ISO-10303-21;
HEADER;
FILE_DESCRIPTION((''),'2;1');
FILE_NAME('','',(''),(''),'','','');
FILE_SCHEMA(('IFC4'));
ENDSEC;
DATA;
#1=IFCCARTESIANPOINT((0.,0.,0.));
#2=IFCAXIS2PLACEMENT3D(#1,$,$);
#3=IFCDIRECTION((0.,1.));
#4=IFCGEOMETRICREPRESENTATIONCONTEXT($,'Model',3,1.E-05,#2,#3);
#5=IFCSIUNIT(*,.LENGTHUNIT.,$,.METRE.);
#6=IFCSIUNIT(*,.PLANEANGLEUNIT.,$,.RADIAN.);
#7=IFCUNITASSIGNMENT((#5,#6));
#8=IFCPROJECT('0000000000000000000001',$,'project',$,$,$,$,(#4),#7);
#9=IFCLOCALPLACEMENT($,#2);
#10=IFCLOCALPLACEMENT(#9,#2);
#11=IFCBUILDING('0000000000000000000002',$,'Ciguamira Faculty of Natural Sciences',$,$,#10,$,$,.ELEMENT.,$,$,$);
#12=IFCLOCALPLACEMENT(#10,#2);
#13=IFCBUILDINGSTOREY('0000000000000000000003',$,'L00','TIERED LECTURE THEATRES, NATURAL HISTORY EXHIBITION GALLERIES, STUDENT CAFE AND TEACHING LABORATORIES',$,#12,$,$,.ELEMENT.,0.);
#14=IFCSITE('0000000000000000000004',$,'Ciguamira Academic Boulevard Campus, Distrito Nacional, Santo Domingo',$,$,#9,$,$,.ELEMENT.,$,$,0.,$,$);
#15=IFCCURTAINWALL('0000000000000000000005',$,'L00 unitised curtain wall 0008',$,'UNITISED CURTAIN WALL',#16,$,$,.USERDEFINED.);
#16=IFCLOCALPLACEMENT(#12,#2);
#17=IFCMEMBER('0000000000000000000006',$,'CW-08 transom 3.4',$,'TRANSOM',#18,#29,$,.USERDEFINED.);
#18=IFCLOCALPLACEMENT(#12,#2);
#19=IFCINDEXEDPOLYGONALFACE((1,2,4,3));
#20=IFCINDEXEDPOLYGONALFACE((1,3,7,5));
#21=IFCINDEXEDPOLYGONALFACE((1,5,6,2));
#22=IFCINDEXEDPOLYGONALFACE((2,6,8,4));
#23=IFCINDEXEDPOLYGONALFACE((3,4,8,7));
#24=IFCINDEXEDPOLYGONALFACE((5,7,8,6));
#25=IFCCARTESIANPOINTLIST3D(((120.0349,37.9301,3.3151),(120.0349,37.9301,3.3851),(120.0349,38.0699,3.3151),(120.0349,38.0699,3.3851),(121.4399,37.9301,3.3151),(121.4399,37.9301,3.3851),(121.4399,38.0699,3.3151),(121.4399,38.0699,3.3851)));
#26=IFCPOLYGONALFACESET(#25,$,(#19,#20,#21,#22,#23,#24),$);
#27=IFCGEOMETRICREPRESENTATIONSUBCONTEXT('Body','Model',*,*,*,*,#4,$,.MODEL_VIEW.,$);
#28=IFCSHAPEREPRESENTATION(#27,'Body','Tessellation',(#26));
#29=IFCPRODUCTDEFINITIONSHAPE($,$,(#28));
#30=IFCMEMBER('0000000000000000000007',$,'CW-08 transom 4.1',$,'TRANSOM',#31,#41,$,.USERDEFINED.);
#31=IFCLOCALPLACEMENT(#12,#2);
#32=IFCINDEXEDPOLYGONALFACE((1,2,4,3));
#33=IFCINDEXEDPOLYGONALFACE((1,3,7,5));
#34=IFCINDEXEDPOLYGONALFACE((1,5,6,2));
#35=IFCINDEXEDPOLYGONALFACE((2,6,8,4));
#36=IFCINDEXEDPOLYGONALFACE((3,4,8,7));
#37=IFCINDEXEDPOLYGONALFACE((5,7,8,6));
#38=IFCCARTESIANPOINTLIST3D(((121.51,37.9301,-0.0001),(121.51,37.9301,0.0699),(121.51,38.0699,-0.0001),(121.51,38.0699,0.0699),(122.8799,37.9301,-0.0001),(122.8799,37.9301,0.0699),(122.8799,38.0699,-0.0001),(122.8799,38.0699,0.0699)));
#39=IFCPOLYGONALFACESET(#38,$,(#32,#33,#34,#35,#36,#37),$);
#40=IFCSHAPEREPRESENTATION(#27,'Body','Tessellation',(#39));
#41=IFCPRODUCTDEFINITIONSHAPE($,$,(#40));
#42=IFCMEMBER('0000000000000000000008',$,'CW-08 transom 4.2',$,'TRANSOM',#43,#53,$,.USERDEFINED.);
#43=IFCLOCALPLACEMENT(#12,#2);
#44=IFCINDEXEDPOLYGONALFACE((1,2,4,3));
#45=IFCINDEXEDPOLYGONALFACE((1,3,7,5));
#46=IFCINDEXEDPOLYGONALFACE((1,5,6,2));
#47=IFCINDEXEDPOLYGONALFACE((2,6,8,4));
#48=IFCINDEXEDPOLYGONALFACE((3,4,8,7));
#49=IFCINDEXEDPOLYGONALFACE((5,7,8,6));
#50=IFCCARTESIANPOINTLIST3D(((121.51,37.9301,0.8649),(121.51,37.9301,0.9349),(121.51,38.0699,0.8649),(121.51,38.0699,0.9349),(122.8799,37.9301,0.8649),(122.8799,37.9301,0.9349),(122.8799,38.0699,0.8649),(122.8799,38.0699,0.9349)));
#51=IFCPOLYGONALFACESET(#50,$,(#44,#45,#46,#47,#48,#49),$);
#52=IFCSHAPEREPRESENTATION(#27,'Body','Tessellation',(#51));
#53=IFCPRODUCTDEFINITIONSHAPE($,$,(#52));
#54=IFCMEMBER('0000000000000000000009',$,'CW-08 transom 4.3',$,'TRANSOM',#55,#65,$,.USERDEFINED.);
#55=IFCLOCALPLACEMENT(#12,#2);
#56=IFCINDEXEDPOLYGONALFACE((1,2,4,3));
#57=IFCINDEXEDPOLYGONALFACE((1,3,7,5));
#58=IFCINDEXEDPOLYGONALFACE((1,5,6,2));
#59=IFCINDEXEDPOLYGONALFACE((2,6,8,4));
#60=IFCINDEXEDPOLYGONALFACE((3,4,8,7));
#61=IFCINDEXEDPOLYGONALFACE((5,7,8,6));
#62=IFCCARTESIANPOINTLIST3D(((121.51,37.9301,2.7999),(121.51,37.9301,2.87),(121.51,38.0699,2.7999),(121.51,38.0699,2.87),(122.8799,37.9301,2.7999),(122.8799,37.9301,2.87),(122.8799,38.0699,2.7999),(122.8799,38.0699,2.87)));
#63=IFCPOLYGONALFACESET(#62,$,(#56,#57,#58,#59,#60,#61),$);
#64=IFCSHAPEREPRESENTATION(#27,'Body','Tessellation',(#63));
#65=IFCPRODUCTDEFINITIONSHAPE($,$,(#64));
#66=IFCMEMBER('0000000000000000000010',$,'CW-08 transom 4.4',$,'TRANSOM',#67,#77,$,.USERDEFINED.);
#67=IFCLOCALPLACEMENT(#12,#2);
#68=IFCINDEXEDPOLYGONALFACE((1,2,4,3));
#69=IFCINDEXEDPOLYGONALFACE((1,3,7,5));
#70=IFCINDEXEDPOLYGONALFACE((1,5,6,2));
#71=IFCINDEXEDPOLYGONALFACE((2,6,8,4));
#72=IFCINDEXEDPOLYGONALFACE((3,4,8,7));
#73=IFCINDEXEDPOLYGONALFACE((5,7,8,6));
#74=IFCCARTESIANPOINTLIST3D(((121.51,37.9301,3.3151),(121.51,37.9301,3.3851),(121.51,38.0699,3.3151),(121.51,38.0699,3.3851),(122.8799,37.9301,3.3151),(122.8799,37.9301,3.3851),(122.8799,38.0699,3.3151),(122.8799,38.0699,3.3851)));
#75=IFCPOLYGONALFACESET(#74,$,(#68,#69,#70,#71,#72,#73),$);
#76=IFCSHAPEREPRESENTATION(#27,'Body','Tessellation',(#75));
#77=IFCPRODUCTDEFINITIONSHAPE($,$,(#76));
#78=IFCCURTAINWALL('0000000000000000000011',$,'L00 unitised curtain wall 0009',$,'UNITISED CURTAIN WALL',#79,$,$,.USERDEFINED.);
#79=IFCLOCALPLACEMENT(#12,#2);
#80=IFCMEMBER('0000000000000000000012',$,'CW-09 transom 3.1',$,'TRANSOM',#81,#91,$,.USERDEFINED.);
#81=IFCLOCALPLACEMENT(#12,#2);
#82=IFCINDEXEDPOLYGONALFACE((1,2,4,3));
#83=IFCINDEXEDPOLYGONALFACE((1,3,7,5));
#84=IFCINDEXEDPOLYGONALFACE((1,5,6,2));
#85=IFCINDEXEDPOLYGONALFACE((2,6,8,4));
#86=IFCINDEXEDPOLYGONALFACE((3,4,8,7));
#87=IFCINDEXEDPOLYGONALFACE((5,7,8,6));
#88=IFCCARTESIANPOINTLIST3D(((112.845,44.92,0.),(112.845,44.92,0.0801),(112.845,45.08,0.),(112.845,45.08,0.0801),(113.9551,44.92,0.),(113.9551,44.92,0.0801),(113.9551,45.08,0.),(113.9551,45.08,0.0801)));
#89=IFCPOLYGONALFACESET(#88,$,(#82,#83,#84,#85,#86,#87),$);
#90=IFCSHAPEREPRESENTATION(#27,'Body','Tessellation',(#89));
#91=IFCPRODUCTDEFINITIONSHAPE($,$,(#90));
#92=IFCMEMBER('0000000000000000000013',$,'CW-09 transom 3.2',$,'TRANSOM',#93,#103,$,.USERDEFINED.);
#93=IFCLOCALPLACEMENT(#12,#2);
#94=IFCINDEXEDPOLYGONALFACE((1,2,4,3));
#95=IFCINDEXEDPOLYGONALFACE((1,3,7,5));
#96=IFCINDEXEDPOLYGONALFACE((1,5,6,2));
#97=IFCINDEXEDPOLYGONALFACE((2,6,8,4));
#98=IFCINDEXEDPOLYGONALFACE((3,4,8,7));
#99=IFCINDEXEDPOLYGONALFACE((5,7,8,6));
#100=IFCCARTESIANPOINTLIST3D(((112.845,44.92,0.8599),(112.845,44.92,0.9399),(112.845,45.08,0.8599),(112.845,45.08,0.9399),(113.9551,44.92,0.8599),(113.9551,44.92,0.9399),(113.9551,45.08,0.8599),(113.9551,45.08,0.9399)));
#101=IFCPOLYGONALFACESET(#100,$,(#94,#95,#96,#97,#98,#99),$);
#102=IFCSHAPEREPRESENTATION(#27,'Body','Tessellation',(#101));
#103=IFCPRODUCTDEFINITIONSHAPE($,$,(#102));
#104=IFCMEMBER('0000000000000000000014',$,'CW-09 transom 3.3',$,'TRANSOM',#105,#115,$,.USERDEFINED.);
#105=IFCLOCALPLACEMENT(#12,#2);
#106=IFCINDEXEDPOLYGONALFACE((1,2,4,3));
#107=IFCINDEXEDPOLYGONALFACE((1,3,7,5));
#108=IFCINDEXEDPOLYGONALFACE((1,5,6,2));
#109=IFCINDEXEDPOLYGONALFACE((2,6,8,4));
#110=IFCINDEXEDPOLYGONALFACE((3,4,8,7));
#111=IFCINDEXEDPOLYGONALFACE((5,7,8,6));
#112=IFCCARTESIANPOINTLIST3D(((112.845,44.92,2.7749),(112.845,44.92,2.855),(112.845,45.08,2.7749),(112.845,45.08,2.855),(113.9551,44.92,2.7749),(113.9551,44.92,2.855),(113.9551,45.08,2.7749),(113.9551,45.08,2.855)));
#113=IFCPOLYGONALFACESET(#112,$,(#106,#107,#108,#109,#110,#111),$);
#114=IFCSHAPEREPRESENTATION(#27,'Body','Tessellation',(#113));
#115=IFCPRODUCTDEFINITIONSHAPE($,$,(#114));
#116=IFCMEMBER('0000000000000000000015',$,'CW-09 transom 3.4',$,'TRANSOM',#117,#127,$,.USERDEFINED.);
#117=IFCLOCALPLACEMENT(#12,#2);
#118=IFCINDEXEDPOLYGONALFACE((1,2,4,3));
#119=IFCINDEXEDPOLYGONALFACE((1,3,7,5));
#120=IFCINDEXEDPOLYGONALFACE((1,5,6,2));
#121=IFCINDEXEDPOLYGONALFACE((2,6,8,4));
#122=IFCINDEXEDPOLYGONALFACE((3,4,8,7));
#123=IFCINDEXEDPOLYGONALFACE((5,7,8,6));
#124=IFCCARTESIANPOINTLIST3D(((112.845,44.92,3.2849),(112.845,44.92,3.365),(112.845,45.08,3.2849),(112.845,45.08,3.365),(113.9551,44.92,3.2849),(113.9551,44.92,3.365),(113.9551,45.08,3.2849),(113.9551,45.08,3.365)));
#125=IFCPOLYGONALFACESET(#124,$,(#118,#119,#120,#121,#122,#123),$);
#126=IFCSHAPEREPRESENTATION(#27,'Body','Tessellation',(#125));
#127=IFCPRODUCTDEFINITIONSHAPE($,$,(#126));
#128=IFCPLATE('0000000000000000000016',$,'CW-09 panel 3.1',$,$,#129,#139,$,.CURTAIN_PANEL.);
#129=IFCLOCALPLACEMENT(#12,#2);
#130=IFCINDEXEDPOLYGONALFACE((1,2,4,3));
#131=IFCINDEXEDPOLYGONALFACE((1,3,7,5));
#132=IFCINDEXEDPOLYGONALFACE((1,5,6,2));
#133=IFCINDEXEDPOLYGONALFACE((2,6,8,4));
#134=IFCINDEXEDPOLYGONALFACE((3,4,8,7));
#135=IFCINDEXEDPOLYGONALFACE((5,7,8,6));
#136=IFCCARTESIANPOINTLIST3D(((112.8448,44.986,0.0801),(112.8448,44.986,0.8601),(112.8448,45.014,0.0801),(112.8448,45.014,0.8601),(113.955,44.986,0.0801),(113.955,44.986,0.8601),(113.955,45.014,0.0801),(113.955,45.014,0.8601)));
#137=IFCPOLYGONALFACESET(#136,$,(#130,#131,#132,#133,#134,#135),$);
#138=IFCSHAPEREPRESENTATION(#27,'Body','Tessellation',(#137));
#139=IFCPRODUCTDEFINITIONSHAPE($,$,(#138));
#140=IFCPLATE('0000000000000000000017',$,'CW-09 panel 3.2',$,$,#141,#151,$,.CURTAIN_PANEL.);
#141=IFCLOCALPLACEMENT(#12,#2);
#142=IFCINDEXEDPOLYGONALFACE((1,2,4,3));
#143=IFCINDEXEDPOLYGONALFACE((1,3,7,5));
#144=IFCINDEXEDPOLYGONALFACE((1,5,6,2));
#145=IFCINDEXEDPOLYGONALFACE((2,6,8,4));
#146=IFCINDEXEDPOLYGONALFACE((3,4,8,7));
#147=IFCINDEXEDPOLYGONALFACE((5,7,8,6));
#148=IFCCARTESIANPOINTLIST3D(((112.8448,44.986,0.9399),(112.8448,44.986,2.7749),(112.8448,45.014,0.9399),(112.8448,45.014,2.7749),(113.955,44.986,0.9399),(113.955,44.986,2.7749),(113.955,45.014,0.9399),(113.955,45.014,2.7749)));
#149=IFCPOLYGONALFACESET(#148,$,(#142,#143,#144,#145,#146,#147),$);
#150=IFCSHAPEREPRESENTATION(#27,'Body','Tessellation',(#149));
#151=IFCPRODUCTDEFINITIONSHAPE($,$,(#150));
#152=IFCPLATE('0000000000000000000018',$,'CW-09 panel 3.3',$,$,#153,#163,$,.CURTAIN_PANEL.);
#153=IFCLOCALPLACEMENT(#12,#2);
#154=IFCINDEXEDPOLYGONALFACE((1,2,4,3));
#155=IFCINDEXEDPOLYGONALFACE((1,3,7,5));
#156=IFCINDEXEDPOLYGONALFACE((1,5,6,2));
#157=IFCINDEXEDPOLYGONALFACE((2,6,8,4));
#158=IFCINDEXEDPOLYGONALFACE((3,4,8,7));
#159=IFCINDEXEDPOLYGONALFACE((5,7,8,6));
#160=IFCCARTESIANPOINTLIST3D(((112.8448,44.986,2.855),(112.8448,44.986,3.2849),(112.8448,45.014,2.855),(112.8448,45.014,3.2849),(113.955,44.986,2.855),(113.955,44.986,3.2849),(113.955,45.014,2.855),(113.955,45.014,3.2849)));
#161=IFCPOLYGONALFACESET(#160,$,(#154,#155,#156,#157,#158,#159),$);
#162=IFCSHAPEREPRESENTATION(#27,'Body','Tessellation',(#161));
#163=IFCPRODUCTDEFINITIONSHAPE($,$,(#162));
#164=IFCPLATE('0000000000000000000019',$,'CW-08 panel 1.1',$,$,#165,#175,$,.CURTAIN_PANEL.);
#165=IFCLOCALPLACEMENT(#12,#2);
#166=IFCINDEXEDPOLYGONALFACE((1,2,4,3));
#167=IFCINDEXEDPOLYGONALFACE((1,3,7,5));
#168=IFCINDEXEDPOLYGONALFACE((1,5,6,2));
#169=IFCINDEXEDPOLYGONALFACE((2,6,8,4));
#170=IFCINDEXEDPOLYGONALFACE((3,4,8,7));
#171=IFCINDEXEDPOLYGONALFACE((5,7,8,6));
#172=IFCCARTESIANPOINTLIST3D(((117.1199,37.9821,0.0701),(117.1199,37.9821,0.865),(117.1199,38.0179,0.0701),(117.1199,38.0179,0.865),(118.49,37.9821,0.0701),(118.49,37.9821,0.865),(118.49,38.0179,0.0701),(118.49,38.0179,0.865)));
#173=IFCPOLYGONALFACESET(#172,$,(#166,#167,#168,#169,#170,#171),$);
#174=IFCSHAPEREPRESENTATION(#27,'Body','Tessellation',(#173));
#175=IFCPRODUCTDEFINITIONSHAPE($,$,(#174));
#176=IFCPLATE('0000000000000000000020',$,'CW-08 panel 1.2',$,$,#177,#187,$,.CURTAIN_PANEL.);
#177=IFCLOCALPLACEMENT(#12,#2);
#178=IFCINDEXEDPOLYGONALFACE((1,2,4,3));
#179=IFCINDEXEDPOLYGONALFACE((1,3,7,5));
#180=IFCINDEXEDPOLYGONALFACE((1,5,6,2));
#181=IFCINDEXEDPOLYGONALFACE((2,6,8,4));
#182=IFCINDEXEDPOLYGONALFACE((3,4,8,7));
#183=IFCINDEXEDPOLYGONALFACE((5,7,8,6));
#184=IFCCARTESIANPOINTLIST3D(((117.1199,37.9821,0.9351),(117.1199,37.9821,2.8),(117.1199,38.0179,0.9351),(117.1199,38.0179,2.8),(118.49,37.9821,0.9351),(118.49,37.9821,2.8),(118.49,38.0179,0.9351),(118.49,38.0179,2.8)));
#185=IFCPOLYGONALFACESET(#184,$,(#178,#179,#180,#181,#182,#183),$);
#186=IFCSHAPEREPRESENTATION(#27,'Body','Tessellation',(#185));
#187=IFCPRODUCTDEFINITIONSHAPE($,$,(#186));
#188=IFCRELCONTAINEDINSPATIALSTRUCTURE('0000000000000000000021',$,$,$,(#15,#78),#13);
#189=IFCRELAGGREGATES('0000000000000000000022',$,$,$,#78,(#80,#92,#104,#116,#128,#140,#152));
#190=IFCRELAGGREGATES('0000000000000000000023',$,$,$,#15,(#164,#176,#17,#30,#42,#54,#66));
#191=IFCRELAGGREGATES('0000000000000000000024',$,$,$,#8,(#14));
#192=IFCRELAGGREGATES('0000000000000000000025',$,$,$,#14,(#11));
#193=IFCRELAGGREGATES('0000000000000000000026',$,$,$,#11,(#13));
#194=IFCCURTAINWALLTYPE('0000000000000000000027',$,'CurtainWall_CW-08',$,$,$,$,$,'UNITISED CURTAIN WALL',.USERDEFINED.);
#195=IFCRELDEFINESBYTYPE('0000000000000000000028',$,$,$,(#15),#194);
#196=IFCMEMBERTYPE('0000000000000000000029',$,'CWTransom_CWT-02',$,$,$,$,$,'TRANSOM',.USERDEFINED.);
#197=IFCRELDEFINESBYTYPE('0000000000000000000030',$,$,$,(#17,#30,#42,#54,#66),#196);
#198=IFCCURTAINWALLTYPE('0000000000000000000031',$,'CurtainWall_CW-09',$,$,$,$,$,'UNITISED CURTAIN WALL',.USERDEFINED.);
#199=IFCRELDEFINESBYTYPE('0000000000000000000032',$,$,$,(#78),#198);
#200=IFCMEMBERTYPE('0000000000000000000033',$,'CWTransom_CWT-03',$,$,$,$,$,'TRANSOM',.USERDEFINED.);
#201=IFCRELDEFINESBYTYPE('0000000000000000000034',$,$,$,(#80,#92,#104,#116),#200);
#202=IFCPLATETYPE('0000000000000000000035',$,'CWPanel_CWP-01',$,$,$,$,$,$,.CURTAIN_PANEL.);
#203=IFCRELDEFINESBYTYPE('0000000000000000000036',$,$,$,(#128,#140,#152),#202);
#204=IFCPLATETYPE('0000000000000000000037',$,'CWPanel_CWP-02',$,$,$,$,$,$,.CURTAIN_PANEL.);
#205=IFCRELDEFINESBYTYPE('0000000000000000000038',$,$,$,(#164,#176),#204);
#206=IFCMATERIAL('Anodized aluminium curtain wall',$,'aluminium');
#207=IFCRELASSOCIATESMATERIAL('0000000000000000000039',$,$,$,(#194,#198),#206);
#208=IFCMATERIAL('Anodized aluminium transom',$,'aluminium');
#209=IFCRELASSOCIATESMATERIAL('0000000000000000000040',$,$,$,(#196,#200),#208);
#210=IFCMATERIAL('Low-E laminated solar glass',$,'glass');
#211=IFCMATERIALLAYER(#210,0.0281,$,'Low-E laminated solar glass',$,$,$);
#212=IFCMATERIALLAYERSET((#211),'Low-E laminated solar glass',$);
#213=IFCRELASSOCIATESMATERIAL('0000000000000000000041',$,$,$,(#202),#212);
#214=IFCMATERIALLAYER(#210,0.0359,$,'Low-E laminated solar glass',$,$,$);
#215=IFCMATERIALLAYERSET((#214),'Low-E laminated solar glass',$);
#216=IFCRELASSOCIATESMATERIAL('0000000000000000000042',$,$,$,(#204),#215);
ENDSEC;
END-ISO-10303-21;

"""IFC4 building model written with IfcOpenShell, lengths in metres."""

from ifc_helpers import new_model, si_unit, direction, frame, origin, origin_2d, place, context, subcontext, project, spatial, rectangle, extrude, material, layer, layer_set, material_profile, profile_set, type_object, element, aggregate, save


model = new_model("IFC4")

# Units and contexts
model_context = context("Model", 3, precision=1e-05, world=origin(), true_north=direction((0.0, 1.0)))
body_context = subcontext(model_context, "Body", "Model", "MODEL_VIEW")
ifc_project = project(units=[si_unit("LENGTHUNIT", "METRE"), si_unit("PLANEANGLEUNIT", "RADIAN")], contexts=[model_context])

# Site, building, storey
site_placement = place(None, origin())
site = spatial("IfcSite", under=ifc_project, at=site_placement, Name="Ciguamira Academic Boulevard Campus, Distrito Nacional, Santo Domingo", CompositionType="ELEMENT", RefElevation=0.0)
building_placement = place(site_placement, origin())
building = spatial("IfcBuilding", under=site, at=building_placement, Name="Ciguamira Faculty of Natural Sciences", CompositionType="ELEMENT")
storey_placement = place(building_placement, origin())
storey = spatial("IfcBuildingStorey", under=building, at=storey_placement, Name="L00", Description="TIERED LECTURE THEATRES, NATURAL HISTORY EXHIBITION GALLERIES, STUDENT CAFE AND TEACHING LABORATORIES", CompositionType="ELEMENT", Elevation=0.0)

# Curtain wall, members
ifc_material_1 = material(Name="Anodized aluminium curtain wall", Category="aluminium")
curtain_wall_type_1 = type_object("IfcCurtainWallType", Name="CurtainWall_CW-08", ElementType="UNITISED CURTAIN WALL", PredefinedType="USERDEFINED", material=ifc_material_1)
curtain_wall_1_placement = place(storey_placement, origin())
curtain_wall_1 = element("IfcCurtainWall", 1, at=curtain_wall_1_placement, inside=storey, type_object=curtain_wall_type_1, Name="L00 unitised curtain wall 0008", ObjectType="UNITISED CURTAIN WALL", PredefinedType="USERDEFINED")
ifc_material_2 = material(Name="Anodized aluminium transom", Category="aluminium")
ifc_material_profile_1 = material_profile(ifc_material_2, rectangle(XDim=0.0701, YDim=0.1399, at=origin_2d()), Name="ALU-TRN-70X140")
ifc_profile_set_1 = profile_set([ifc_material_profile_1], Name="Anodized aluminium transom")
member_type_1 = type_object("IfcMemberType", Name="CWTransom_CWT-02", ElementType="TRANSOM", PredefinedType="USERDEFINED", material=ifc_profile_set_1)
member_1_placement = place(storey_placement, frame((120.0349, 38.0, 3.3501), z_axis=(1.0, 0.0, 0.0), x_axis=(0.0, 0.0, 1.0)))
member_1 = element("IfcMember", 2, at=member_1_placement, type_object=member_type_1, Name="CW-08 transom 3.4", ObjectType="TRANSOM", PredefinedType="USERDEFINED", context=body_context, shape_type="SweptSolid", body=[
    extrude(rectangle(XDim=0.0701, YDim=0.1399, at=origin_2d()), origin(), (0.0, 0.0, 1.0), 1.405),
])
member_2_placement = place(storey_placement, frame((121.51, 38.0, 0.0349), z_axis=(1.0, 0.0, 0.0), x_axis=(0.0, 0.0, 1.0)))
member_2 = element("IfcMember", 3, at=member_2_placement, type_object=member_type_1, Name="CW-08 transom 4.1", ObjectType="TRANSOM", PredefinedType="USERDEFINED", context=body_context, shape_type="SweptSolid", body=[
    extrude(rectangle(XDim=0.0701, YDim=0.1399, at=origin_2d()), origin(), (0.0, 0.0, 1.0), 1.3699),
])
member_3_placement = place(storey_placement, frame((121.51, 38.0, 0.8999), z_axis=(1.0, 0.0, 0.0), x_axis=(0.0, 0.0, 1.0)))
member_3 = element("IfcMember", 4, at=member_3_placement, type_object=member_type_1, Name="CW-08 transom 4.2", ObjectType="TRANSOM", PredefinedType="USERDEFINED", context=body_context, shape_type="SweptSolid", body=[
    extrude(rectangle(XDim=0.0701, YDim=0.1399, at=origin_2d()), origin(), (0.0, 0.0, 1.0), 1.3699),
])
member_4_placement = place(storey_placement, frame((121.51, 38.0, 2.835), z_axis=(1.0, 0.0, 0.0), x_axis=(0.0, 0.0, 1.0)))
member_4 = element("IfcMember", 5, at=member_4_placement, type_object=member_type_1, Name="CW-08 transom 4.3", ObjectType="TRANSOM", PredefinedType="USERDEFINED", context=body_context, shape_type="SweptSolid", body=[
    extrude(rectangle(XDim=0.0701, YDim=0.1399, at=origin_2d()), origin(), (0.0, 0.0, 1.0), 1.3699),
])
member_5_placement = place(storey_placement, frame((121.51, 38.0, 3.3501), z_axis=(1.0, 0.0, 0.0), x_axis=(0.0, 0.0, 1.0)))
member_5 = element("IfcMember", 6, at=member_5_placement, type_object=member_type_1, Name="CW-08 transom 4.4", ObjectType="TRANSOM", PredefinedType="USERDEFINED", context=body_context, shape_type="SweptSolid", body=[
    extrude(rectangle(XDim=0.0701, YDim=0.1399, at=origin_2d()), origin(), (0.0, 0.0, 1.0), 1.3699),
])

# Curtain wall, members, plates
curtain_wall_type_2 = type_object("IfcCurtainWallType", Name="CurtainWall_CW-09", ElementType="UNITISED CURTAIN WALL", PredefinedType="USERDEFINED", material=ifc_material_1)
curtain_wall_2_placement = place(storey_placement, origin())
curtain_wall_2 = element("IfcCurtainWall", 7, at=curtain_wall_2_placement, inside=storey, type_object=curtain_wall_type_2, Name="L00 unitised curtain wall 0009", ObjectType="UNITISED CURTAIN WALL", PredefinedType="USERDEFINED")
ifc_material_profile_2 = material_profile(ifc_material_2, rectangle(XDim=0.0801, YDim=0.1599, at=origin_2d()), Name="ALU-TRN-80X160")
ifc_profile_set_2 = profile_set([ifc_material_profile_2], Name="Anodized aluminium transom")
member_type_2 = type_object("IfcMemberType", Name="CWTransom_CWT-03", ElementType="TRANSOM", PredefinedType="USERDEFINED", material=ifc_profile_set_2)
member_6_placement = place(storey_placement, frame((112.845, 45.0, 0.04), z_axis=(1.0, 0.0, 0.0), x_axis=(0.0, 0.0, 1.0)))
member_6 = element("IfcMember", 8, at=member_6_placement, type_object=member_type_2, Name="CW-09 transom 3.1", ObjectType="TRANSOM", PredefinedType="USERDEFINED", context=body_context, shape_type="SweptSolid", body=[
    extrude(rectangle(XDim=0.0801, YDim=0.1599, at=origin_2d()), origin(), (0.0, 0.0, 1.0), 1.1101),
])
member_7_placement = place(storey_placement, frame((112.845, 45.0, 0.8999), z_axis=(1.0, 0.0, 0.0), x_axis=(0.0, 0.0, 1.0)))
member_7 = element("IfcMember", 9, at=member_7_placement, type_object=member_type_2, Name="CW-09 transom 3.2", ObjectType="TRANSOM", PredefinedType="USERDEFINED", context=body_context, shape_type="SweptSolid", body=[
    extrude(rectangle(XDim=0.0801, YDim=0.1599, at=origin_2d()), origin(), (0.0, 0.0, 1.0), 1.1101),
])
member_8_placement = place(storey_placement, frame((112.845, 45.0, 2.8149), z_axis=(1.0, 0.0, 0.0), x_axis=(0.0, 0.0, 1.0)))
member_8 = element("IfcMember", 10, at=member_8_placement, type_object=member_type_2, Name="CW-09 transom 3.3", ObjectType="TRANSOM", PredefinedType="USERDEFINED", context=body_context, shape_type="SweptSolid", body=[
    extrude(rectangle(XDim=0.0801, YDim=0.1599, at=origin_2d()), origin(), (0.0, 0.0, 1.0), 1.1101),
])
member_9_placement = place(storey_placement, frame((112.845, 45.0, 3.325), z_axis=(1.0, 0.0, 0.0), x_axis=(0.0, 0.0, 1.0)))
member_9 = element("IfcMember", 11, at=member_9_placement, type_object=member_type_2, Name="CW-09 transom 3.4", ObjectType="TRANSOM", PredefinedType="USERDEFINED", context=body_context, shape_type="SweptSolid", body=[
    extrude(rectangle(XDim=0.0801, YDim=0.1599, at=origin_2d()), origin(), (0.0, 0.0, 1.0), 1.1101),
])
ifc_material_3 = material(Name="Low-E laminated solar glass", Category="glass")
ifc_layer_1 = layer(ifc_material_3, 0.0281, Name="Low-E laminated solar glass")
ifc_layer_set_1 = layer_set([ifc_layer_1], Name="Low-E laminated solar glass")
plate_type_1 = type_object("IfcPlateType", Name="CWPanel_CWP-01", PredefinedType="CURTAIN_PANEL", material=ifc_layer_set_1)
plate_1_placement = place(storey_placement, frame((113.3999, 45.0, 0.0801), z_axis=(0.0, 0.0, 1.0), x_axis=(1.0, 0.0, 0.0)))
plate_1 = element("IfcPlate", 12, at=plate_1_placement, type_object=plate_type_1, Name="CW-09 panel 3.1", PredefinedType="CURTAIN_PANEL", context=body_context, shape_type="SweptSolid", body=[
    extrude(rectangle(XDim=1.1101, YDim=0.0281, at=origin_2d()), origin(), (0.0, 0.0, 1.0), 0.78),
])
plate_2_placement = place(storey_placement, frame((113.3999, 45.0, 0.9399), z_axis=(0.0, 0.0, 1.0), x_axis=(1.0, 0.0, 0.0)))
plate_2 = element("IfcPlate", 13, at=plate_2_placement, type_object=plate_type_1, Name="CW-09 panel 3.2", PredefinedType="CURTAIN_PANEL", context=body_context, shape_type="SweptSolid", body=[
    extrude(rectangle(XDim=1.1101, YDim=0.0281, at=origin_2d()), origin(), (0.0, 0.0, 1.0), 1.835),
])
plate_3_placement = place(storey_placement, frame((113.3999, 45.0, 2.855), z_axis=(0.0, 0.0, 1.0), x_axis=(1.0, 0.0, 0.0)))
plate_3 = element("IfcPlate", 14, at=plate_3_placement, type_object=plate_type_1, Name="CW-09 panel 3.3", PredefinedType="CURTAIN_PANEL", context=body_context, shape_type="SweptSolid", body=[
    extrude(rectangle(XDim=1.1101, YDim=0.0281, at=origin_2d()), origin(), (0.0, 0.0, 1.0), 0.4299),
])
aggregate(curtain_wall_2, [member_6, member_7, member_8, member_9, plate_1, plate_2, plate_3])

# Plates
ifc_layer_2 = layer(ifc_material_3, 0.0359, Name="Low-E laminated solar glass")
ifc_layer_set_2 = layer_set([ifc_layer_2], Name="Low-E laminated solar glass")
plate_type_2 = type_object("IfcPlateType", Name="CWPanel_CWP-02", PredefinedType="CURTAIN_PANEL", material=ifc_layer_set_2)
plate_4_placement = place(storey_placement, frame((117.8049, 38.0, 0.0701), z_axis=(0.0, 0.0, 1.0), x_axis=(1.0, 0.0, 0.0)))
plate_4 = element("IfcPlate", 15, at=plate_4_placement, type_object=plate_type_2, Name="CW-08 panel 1.1", PredefinedType="CURTAIN_PANEL", context=body_context, shape_type="SweptSolid", body=[
    extrude(rectangle(XDim=1.3701, YDim=0.0359, at=origin_2d()), origin(), (0.0, 0.0, 1.0), 0.7949),
])
plate_5_placement = place(storey_placement, frame((117.8049, 38.0, 0.9351), z_axis=(0.0, 0.0, 1.0), x_axis=(1.0, 0.0, 0.0)))
plate_5 = element("IfcPlate", 16, at=plate_5_placement, type_object=plate_type_2, Name="CW-08 panel 1.2", PredefinedType="CURTAIN_PANEL", context=body_context, shape_type="SweptSolid", body=[
    extrude(rectangle(XDim=1.3701, YDim=0.0359, at=origin_2d()), origin(), (0.0, 0.0, 1.0), 1.865),
])
aggregate(curtain_wall_1, [plate_4, plate_5, member_1, member_2, member_3, member_4, member_5])

save(model, "model.ifc")
